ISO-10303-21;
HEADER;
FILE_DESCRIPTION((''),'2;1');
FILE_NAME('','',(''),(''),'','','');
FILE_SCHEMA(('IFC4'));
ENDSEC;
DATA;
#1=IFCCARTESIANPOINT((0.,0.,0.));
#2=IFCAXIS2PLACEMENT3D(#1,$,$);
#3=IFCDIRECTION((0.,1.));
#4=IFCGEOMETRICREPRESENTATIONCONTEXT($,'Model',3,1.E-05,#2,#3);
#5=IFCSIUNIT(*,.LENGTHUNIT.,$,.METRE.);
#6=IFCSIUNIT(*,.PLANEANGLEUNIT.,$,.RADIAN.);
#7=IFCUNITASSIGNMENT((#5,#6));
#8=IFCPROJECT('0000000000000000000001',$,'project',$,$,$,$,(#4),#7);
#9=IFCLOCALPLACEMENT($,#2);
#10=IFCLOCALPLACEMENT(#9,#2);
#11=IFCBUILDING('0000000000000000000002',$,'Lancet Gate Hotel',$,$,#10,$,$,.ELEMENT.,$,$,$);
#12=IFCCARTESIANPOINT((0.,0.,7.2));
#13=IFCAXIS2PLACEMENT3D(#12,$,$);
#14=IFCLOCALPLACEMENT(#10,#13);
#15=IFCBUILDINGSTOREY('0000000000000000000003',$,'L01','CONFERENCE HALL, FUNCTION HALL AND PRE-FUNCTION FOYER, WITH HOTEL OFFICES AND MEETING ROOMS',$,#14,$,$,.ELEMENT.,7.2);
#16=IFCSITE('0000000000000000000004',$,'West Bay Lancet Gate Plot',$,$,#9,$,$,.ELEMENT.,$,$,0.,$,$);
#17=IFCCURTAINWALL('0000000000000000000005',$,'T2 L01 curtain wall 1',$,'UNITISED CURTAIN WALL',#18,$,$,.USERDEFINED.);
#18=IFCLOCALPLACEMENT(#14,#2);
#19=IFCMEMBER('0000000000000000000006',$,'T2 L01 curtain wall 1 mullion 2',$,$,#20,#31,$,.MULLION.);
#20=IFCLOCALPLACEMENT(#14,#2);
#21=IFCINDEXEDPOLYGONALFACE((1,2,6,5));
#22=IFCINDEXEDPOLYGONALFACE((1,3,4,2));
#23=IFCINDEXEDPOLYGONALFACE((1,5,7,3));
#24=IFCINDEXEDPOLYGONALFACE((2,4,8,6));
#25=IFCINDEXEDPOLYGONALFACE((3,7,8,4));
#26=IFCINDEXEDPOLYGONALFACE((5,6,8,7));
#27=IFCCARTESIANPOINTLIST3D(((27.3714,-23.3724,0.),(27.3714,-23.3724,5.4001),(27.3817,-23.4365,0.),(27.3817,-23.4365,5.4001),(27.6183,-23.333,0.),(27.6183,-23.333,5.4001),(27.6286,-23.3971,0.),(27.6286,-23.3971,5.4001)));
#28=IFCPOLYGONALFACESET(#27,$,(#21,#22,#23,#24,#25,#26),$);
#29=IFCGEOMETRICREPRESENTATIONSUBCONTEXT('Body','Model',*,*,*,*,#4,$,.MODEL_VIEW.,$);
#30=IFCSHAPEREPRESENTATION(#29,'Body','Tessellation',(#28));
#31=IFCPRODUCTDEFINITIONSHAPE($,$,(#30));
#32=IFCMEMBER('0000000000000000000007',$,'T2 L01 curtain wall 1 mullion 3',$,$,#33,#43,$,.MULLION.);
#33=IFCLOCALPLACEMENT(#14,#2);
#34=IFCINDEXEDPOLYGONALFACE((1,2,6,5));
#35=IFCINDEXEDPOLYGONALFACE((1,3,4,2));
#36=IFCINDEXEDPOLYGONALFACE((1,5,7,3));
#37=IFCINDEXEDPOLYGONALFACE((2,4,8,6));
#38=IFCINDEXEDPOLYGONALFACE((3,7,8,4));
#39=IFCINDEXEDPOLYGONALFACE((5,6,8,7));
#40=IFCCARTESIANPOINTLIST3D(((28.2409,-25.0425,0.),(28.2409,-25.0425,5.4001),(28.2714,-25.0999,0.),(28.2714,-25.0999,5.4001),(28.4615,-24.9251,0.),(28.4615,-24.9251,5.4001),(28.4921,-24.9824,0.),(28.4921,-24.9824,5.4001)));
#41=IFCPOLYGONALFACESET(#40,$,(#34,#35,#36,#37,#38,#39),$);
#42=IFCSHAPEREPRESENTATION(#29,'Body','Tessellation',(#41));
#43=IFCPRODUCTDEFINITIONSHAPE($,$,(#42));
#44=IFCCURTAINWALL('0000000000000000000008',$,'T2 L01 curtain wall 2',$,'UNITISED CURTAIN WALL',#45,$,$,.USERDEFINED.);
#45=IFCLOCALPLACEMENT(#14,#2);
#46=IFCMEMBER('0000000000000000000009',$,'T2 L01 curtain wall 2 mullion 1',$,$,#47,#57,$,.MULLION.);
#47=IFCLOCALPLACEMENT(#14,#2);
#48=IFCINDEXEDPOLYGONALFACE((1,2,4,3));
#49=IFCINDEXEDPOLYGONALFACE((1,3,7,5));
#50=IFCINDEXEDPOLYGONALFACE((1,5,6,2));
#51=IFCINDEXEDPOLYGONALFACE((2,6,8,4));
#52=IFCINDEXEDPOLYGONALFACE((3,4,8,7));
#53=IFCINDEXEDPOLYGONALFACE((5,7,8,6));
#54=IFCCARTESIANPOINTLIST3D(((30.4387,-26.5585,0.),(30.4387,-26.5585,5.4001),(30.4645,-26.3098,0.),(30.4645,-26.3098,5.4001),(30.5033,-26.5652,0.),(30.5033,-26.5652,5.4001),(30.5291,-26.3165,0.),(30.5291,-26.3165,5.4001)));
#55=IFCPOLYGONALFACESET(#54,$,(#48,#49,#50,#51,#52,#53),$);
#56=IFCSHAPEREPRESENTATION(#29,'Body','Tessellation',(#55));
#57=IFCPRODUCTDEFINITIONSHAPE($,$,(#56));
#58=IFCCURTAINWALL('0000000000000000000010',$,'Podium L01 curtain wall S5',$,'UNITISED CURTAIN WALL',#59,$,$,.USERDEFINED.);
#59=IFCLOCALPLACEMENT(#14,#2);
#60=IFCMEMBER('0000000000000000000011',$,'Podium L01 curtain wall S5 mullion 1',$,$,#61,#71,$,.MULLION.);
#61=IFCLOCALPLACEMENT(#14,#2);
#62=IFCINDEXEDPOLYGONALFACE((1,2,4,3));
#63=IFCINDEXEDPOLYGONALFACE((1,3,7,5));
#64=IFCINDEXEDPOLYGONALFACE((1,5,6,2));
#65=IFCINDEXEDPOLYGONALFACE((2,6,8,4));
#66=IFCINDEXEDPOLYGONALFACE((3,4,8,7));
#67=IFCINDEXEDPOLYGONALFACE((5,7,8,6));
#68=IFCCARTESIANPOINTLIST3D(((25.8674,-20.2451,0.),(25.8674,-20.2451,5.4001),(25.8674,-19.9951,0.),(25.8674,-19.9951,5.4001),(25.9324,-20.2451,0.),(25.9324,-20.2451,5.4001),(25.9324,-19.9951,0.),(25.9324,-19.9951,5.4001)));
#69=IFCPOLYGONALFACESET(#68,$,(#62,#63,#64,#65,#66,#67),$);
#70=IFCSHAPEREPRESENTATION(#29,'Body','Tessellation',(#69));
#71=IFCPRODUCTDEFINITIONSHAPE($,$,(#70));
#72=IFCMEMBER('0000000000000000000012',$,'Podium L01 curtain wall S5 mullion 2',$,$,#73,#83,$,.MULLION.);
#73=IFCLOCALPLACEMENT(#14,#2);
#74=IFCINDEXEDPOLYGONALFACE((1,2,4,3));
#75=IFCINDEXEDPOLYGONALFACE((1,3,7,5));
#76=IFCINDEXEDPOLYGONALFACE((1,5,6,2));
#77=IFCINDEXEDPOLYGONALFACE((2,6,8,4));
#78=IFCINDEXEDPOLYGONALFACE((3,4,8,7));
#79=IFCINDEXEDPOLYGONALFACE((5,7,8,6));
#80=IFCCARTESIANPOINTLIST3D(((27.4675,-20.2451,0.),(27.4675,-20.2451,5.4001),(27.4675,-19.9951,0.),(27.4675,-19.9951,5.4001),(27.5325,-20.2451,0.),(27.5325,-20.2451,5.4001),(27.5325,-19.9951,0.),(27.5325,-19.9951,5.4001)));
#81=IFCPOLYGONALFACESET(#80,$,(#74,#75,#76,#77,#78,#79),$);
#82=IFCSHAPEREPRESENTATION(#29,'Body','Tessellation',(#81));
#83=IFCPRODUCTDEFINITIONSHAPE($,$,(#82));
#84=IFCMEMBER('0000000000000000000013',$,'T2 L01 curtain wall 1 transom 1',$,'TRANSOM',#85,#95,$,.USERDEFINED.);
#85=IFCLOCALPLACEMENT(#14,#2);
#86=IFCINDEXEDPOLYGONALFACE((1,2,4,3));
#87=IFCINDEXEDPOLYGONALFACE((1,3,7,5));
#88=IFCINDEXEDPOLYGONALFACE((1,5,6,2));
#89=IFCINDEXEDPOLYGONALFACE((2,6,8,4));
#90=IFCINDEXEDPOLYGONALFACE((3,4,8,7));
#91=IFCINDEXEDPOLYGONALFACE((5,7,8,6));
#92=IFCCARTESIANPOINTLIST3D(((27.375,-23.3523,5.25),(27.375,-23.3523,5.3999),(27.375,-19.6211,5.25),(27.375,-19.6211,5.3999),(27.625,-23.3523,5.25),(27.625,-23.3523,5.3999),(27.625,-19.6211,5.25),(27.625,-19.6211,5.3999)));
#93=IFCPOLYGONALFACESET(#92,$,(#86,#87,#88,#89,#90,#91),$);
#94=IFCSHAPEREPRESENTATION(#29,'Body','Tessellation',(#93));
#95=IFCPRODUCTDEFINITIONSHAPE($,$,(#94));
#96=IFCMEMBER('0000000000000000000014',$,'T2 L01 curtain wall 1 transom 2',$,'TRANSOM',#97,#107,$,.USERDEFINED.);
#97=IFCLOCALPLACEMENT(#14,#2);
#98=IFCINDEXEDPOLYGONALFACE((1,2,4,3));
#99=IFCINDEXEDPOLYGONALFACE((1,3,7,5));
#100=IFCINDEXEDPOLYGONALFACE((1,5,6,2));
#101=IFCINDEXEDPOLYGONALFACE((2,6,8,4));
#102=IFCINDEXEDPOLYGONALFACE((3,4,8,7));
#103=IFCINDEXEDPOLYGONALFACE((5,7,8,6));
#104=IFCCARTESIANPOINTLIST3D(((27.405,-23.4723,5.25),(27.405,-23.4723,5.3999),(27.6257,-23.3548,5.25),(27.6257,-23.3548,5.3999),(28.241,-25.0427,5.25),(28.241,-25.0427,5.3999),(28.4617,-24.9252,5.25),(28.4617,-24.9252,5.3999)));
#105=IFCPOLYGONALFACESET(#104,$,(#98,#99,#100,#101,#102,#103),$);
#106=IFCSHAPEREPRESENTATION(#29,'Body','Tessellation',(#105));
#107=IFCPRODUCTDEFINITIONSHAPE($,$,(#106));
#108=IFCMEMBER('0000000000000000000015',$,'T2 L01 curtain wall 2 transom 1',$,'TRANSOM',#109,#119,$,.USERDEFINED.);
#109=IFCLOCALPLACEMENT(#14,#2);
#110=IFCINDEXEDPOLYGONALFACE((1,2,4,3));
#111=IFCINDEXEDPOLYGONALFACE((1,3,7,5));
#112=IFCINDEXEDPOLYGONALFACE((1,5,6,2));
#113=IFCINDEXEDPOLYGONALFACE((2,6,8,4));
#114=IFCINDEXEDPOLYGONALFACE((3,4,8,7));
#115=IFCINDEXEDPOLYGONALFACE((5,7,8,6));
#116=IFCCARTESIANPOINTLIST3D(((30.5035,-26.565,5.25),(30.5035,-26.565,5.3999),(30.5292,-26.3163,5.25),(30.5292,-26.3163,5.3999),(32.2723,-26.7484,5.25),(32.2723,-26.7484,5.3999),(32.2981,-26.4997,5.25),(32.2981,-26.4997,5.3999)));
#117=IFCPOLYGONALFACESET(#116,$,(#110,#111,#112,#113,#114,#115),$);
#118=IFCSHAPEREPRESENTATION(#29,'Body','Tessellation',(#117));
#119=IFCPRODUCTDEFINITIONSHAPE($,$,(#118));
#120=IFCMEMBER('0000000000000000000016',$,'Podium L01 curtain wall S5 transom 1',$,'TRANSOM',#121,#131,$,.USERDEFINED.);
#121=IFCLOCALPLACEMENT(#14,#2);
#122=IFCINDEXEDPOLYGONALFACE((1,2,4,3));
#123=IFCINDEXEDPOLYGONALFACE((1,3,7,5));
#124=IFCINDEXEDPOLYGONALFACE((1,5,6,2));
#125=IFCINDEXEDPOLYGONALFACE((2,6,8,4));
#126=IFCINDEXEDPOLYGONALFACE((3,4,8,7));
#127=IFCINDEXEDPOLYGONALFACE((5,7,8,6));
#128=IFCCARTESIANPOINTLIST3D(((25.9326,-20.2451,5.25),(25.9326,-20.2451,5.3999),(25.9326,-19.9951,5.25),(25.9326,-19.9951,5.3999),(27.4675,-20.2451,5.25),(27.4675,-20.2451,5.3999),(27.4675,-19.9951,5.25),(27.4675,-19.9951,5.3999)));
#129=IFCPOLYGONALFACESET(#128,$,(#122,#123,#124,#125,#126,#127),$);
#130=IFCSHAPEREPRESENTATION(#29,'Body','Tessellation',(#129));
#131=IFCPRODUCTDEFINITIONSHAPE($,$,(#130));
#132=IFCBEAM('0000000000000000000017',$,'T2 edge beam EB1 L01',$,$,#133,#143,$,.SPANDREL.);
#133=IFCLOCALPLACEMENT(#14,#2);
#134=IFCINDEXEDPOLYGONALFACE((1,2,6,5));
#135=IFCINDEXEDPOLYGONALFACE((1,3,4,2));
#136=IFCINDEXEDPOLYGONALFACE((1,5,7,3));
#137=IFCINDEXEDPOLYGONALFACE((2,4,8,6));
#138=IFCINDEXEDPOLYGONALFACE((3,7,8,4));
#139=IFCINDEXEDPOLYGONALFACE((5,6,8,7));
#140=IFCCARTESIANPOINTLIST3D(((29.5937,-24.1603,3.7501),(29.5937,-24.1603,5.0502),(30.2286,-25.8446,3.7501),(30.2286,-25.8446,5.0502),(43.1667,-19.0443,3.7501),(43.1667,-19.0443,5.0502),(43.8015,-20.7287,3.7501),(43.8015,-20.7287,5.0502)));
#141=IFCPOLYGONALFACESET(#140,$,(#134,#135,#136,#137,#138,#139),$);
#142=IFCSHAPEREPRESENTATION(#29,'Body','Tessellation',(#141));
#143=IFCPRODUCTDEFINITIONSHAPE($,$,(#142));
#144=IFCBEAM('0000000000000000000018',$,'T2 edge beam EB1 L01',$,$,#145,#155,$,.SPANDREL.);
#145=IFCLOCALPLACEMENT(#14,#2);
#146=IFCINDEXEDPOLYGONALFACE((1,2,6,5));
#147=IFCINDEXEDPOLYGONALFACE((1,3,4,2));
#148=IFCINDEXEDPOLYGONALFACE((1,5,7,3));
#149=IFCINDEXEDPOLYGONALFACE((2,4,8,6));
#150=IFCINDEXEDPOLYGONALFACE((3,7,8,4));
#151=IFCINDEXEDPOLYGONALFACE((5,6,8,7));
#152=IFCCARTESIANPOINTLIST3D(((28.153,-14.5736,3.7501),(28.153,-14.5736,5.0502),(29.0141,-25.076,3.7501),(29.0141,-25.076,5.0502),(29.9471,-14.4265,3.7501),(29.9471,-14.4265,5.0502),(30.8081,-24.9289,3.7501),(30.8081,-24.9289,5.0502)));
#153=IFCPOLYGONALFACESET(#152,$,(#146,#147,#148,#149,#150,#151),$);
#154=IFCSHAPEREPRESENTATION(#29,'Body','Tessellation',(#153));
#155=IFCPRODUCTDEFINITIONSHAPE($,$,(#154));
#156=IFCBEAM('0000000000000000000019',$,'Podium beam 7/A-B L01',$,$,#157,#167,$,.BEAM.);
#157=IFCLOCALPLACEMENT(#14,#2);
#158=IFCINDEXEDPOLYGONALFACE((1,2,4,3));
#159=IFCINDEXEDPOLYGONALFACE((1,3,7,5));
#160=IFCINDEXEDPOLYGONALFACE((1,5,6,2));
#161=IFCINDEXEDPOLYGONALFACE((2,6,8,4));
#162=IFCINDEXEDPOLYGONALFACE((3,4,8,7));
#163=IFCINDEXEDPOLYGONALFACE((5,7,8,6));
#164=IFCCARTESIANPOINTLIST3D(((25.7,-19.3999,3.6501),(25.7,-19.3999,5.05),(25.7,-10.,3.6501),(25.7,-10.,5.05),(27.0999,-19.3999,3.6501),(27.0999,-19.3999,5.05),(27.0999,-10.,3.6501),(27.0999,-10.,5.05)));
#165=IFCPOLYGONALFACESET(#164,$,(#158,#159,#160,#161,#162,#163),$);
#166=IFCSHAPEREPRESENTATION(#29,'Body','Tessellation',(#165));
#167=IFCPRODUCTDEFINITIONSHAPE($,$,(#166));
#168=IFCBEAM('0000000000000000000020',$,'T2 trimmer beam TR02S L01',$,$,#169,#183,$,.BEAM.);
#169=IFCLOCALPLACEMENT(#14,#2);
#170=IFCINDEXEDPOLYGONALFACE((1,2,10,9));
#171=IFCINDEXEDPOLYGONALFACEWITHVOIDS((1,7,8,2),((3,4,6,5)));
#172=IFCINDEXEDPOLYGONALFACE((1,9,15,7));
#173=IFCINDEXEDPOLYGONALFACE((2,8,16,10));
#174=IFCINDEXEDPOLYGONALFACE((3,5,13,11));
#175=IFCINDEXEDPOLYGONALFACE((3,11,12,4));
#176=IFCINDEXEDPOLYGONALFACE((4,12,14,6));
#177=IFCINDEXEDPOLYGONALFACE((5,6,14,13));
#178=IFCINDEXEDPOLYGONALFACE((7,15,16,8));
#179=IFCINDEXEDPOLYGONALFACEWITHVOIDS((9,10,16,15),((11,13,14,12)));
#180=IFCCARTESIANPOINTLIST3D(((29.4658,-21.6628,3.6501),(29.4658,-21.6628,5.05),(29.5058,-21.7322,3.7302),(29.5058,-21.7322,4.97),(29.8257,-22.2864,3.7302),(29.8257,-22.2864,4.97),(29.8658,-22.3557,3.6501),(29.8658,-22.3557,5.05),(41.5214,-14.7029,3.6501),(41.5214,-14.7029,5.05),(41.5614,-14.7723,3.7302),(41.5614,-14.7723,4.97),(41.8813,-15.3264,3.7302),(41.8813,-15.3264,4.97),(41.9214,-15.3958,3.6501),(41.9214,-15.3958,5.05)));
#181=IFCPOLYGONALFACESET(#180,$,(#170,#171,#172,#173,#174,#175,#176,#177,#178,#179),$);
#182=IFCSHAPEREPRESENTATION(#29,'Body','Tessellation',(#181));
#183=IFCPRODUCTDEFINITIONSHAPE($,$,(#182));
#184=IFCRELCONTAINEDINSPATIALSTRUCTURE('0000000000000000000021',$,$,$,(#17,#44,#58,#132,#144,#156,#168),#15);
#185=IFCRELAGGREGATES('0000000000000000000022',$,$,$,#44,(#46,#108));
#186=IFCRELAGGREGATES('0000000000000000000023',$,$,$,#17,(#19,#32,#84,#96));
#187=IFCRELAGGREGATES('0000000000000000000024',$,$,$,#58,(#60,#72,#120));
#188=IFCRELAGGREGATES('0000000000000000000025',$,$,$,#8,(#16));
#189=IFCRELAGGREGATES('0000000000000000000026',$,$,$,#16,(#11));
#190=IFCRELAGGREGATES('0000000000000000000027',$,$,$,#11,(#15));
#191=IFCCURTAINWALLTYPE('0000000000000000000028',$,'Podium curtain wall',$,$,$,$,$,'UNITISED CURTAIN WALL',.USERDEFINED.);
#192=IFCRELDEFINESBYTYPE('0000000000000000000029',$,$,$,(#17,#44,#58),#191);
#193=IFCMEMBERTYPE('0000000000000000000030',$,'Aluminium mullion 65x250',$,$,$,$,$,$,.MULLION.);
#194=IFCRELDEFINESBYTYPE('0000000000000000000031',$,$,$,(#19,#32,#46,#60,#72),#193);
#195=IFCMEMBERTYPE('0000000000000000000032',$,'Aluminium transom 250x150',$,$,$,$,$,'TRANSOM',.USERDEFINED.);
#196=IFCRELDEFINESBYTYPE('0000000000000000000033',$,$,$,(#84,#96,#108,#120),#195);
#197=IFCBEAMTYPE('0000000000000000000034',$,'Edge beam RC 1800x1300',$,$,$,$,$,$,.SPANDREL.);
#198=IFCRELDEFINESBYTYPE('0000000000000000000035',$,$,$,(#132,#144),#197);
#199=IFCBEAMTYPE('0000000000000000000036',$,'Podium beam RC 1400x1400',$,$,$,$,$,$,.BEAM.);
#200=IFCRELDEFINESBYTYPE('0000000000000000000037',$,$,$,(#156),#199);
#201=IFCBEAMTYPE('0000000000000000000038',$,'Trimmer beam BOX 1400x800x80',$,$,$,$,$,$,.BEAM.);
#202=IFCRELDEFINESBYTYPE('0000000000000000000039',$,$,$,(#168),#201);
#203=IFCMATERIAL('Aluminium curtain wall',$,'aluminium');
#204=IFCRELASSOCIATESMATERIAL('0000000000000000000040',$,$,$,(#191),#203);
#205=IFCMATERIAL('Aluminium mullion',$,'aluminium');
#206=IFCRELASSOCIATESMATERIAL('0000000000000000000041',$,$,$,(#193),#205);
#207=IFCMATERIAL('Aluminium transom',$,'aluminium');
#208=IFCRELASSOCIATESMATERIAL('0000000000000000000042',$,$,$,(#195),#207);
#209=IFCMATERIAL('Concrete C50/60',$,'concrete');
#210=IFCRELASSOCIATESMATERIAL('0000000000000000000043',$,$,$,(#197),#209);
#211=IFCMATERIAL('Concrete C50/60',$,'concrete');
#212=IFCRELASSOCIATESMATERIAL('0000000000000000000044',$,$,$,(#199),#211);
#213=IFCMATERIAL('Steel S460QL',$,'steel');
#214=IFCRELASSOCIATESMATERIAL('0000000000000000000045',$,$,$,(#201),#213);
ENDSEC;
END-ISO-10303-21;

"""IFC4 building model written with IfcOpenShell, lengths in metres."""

from ifc_helpers import new_model, si_unit, direction, frame, origin, origin_2d, place, context, subcontext, project, spatial, rectangle, hollow_rectangle, extrude, material, material_profile, profile_set, type_object, element, aggregate, save


model = new_model("IFC4")

# Units and contexts
model_context = context("Model", 3, precision=1e-05, world=origin(), true_north=direction((0.0, 1.0)))
body_context = subcontext(model_context, "Body", "Model", "MODEL_VIEW")
ifc_project = project(units=[si_unit("LENGTHUNIT", "METRE"), si_unit("PLANEANGLEUNIT", "RADIAN")], contexts=[model_context])

# Site, building, storey
site_placement = place(None, origin())
site = spatial("IfcSite", under=ifc_project, at=site_placement, Name="West Bay Lancet Gate Plot", CompositionType="ELEMENT", RefElevation=0.0)
building_placement = place(site_placement, origin())
building = spatial("IfcBuilding", under=site, at=building_placement, Name="Lancet Gate Hotel", CompositionType="ELEMENT")
storey_placement = place(building_placement, frame((0.0, 0.0, 7.2)))
storey = spatial("IfcBuildingStorey", under=building, at=storey_placement, Name="L01", Description="CONFERENCE HALL, FUNCTION HALL AND PRE-FUNCTION FOYER, WITH HOTEL OFFICES AND MEETING ROOMS", CompositionType="ELEMENT", Elevation=7.2)

# Curtain wall, members
ifc_material_1 = material(Name="Aluminium curtain wall", Category="aluminium")
curtain_wall_type = type_object("IfcCurtainWallType", Name="Podium curtain wall", ElementType="UNITISED CURTAIN WALL", PredefinedType="USERDEFINED", material=ifc_material_1)
curtain_wall_1_placement = place(storey_placement, origin())
curtain_wall_1 = element("IfcCurtainWall", 1, at=curtain_wall_1_placement, inside=storey, type_object=curtain_wall_type, Name="T2 L01 curtain wall 1", ObjectType="UNITISED CURTAIN WALL", PredefinedType="USERDEFINED")
ifc_material_2 = material(Name="Aluminium mullion", Category="aluminium")
ifc_material_profile_1 = material_profile(ifc_material_2, rectangle(XDim=0.0649, YDim=0.25, at=origin_2d()), Name="MULLION 65x250")
ifc_profile_set_1 = profile_set([ifc_material_profile_1], Name="Aluminium mullion")
member_type_1 = type_object("IfcMemberType", Name="Aluminium mullion 65x250", PredefinedType="MULLION", material=ifc_profile_set_1)
member_1_placement = place(storey_placement, frame((27.5, -23.3848, 0.0), z_axis=(0.0, 0.0, 1.0), x_axis=(0.157752, -0.987479, 0.0)))
member_1 = element("IfcMember", 2, at=member_1_placement, type_object=member_type_1, Name="T2 L01 curtain wall 1 mullion 2", PredefinedType="MULLION", context=body_context, shape_type="SweptSolid", body=[
    extrude(rectangle(XDim=0.0649, YDim=0.25, at=origin_2d()), origin(), (0.0, 0.0, 1.0), 5.4001),
])
member_2_placement = place(storey_placement, frame((28.3665, -25.0125, 0.0), z_axis=(0.0, 0.0, 1.0), x_axis=(0.469898, -0.882721, 0.0)))
member_2 = element("IfcMember", 3, at=member_2_placement, type_object=member_type_1, Name="T2 L01 curtain wall 1 mullion 3", PredefinedType="MULLION", context=body_context, shape_type="SweptSolid", body=[
    extrude(rectangle(XDim=0.0649, YDim=0.25, at=origin_2d()), origin(), (0.0, 0.0, 1.0), 5.4001),
])

# Curtain wall, member
curtain_wall_2_placement = place(storey_placement, origin())
curtain_wall_2 = element("IfcCurtainWall", 4, at=curtain_wall_2_placement, inside=storey, type_object=curtain_wall_type, Name="T2 L01 curtain wall 2", ObjectType="UNITISED CURTAIN WALL", PredefinedType="USERDEFINED")
member_3_placement = place(storey_placement, frame((30.4839, -26.4375, 0.0), z_axis=(0.0, 0.0, 1.0), x_axis=(0.994672, -0.103088, 0.0)))
member_3 = element("IfcMember", 5, at=member_3_placement, type_object=member_type_1, Name="T2 L01 curtain wall 2 mullion 1", PredefinedType="MULLION", context=body_context, shape_type="SweptSolid", body=[
    extrude(rectangle(XDim=0.0649, YDim=0.25, at=origin_2d()), origin(), (0.0, 0.0, 1.0), 5.4001),
])

# Curtain wall, members
curtain_wall_3_placement = place(storey_placement, origin())
curtain_wall_3 = element("IfcCurtainWall", 6, at=curtain_wall_3_placement, inside=storey, type_object=curtain_wall_type, Name="Podium L01 curtain wall S5", ObjectType="UNITISED CURTAIN WALL", PredefinedType="USERDEFINED")
member_4_placement = place(storey_placement, frame((25.8999, -20.1201, 0.0), z_axis=(0.0, 0.0, 1.0), x_axis=(1.0, 0.0, 0.0)))
member_4 = element("IfcMember", 7, at=member_4_placement, type_object=member_type_1, Name="Podium L01 curtain wall S5 mullion 1", PredefinedType="MULLION", context=body_context, shape_type="SweptSolid", body=[
    extrude(rectangle(XDim=0.0649, YDim=0.25, at=origin_2d()), origin(), (0.0, 0.0, 1.0), 5.4001),
])
member_5_placement = place(storey_placement, frame((27.5, -20.1201, 0.0), z_axis=(0.0, 0.0, 1.0), x_axis=(1.0, 0.0, 0.0)))
member_5 = element("IfcMember", 8, at=member_5_placement, type_object=member_type_1, Name="Podium L01 curtain wall S5 mullion 2", PredefinedType="MULLION", context=body_context, shape_type="SweptSolid", body=[
    extrude(rectangle(XDim=0.0649, YDim=0.25, at=origin_2d()), origin(), (0.0, 0.0, 1.0), 5.4001),
])

# Members
ifc_material_3 = material(Name="Aluminium transom", Category="aluminium")
ifc_material_profile_2 = material_profile(ifc_material_3, rectangle(XDim=0.25, YDim=0.1499, at=origin_2d()), Name="TRANSOM 250x150")
ifc_profile_set_2 = profile_set([ifc_material_profile_2], Name="Aluminium transom")
member_type_2 = type_object("IfcMemberType", Name="Aluminium transom 250x150", ElementType="TRANSOM", PredefinedType="USERDEFINED", material=ifc_profile_set_2)
member_6_placement = place(storey_placement, frame((27.5, -19.6211, 5.325), z_axis=(0.0, -1.0, 0.0), x_axis=(1.0, 0.0, 0.0)))
member_6 = element("IfcMember", 9, at=member_6_placement, type_object=member_type_2, Name="T2 L01 curtain wall 1 transom 1", ObjectType="TRANSOM", PredefinedType="USERDEFINED", context=body_context, shape_type="SweptSolid", body=[
    extrude(rectangle(XDim=0.25, YDim=0.1499, at=origin_2d()), origin(), (0.0, 0.0, 1.0), 3.7312),
])
member_7_placement = place(storey_placement, frame((27.5154, -23.4136, 5.325), z_axis=(0.469904, -0.882717, 0.0), x_axis=(0.882717, 0.469904, 0.0)))
member_7 = element("IfcMember", 10, at=member_7_placement, type_object=member_type_2, Name="T2 L01 curtain wall 1 transom 2", ObjectType="TRANSOM", PredefinedType="USERDEFINED", context=body_context, shape_type="SweptSolid", body=[
    extrude(rectangle(XDim=0.25, YDim=0.1499, at=origin_2d()), origin(), (0.0, 0.0, 1.0), 1.7791),
])
member_8_placement = place(storey_placement, frame((30.5164, -26.4407, 5.325), z_axis=(0.99467, -0.103105, 0.0), x_axis=(0.103105, 0.99467, 0.0)))
member_8 = element("IfcMember", 11, at=member_8_placement, type_object=member_type_2, Name="T2 L01 curtain wall 2 transom 1", ObjectType="TRANSOM", PredefinedType="USERDEFINED", context=body_context, shape_type="SweptSolid", body=[
    extrude(rectangle(XDim=0.25, YDim=0.1499, at=origin_2d()), origin(), (0.0, 0.0, 1.0), 1.7783),
])
aggregate(curtain_wall_2, [member_3, member_8])
member_9_placement = place(storey_placement, frame((25.9326, -20.1201, 5.325), z_axis=(1.0, 0.0, 0.0), x_axis=(0.0, 1.0, 0.0)))
member_9 = element("IfcMember", 12, at=member_9_placement, type_object=member_type_2, Name="Podium L01 curtain wall S5 transom 1", ObjectType="TRANSOM", PredefinedType="USERDEFINED", context=body_context, shape_type="SweptSolid", body=[
    extrude(rectangle(XDim=0.25, YDim=0.1499, at=origin_2d()), origin(), (0.0, 0.0, 1.0), 1.5349),
])

# Beams
ifc_material_4 = material(Name="Concrete C50/60", Category="concrete")
ifc_material_profile_3 = material_profile(ifc_material_4, rectangle(XDim=1.8, YDim=1.3, at=origin_2d()), Name="RC 1800x1300")
ifc_profile_set_3 = profile_set([ifc_material_profile_3], Name="Concrete C50/60")
beam_type_1 = type_object("IfcBeamType", Name="Edge beam RC 1800x1300", PredefinedType="SPANDREL", material=ifc_profile_set_3)
beam_1_placement = place(storey_placement, frame((29.9111, -25.0024, 4.4001), z_axis=(0.935736, 0.3527, 0.0), x_axis=(-0.3527, 0.935736, 0.0)))
element("IfcBeam", 13, at=beam_1_placement, inside=storey, type_object=beam_type_1, Name="T2 edge beam EB1 L01", PredefinedType="SPANDREL", context=body_context, shape_type="SweptSolid", body=[
    extrude(rectangle(XDim=1.8, YDim=1.3, at=origin_2d()), origin(), (0.0, 0.0, 1.0), 14.5051),
])
beam_2_placement = place(storey_placement, frame((29.9111, -25.0024, 4.4001), z_axis=(-0.081715, 0.996656, 0.0), x_axis=(-0.996656, -0.081715, 0.0)))
element("IfcBeam", 14, at=beam_2_placement, inside=storey, type_object=beam_type_1, Name="T2 edge beam EB1 L01", PredefinedType="SPANDREL", context=body_context, shape_type="SweptSolid", body=[
    extrude(rectangle(XDim=1.8, YDim=1.3, at=origin_2d()), origin(), (0.0, 0.0, 1.0), 10.5376),
])
ifc_material_5 = material(Name="Concrete C50/60", Category="concrete")
ifc_material_profile_4 = material_profile(ifc_material_5, rectangle(XDim=1.3999, YDim=1.3999, at=origin_2d()), Name="RC 1400x1400")
ifc_profile_set_4 = profile_set([ifc_material_profile_4], Name="Concrete C50/60")
beam_type_2 = type_object("IfcBeamType", Name="Podium beam RC 1400x1400", PredefinedType="BEAM", material=ifc_profile_set_4)
beam_3_placement = place(storey_placement, frame((26.3999, -19.3999, 4.3501), z_axis=(0.0, 1.0, 0.0), x_axis=(-1.0, 0.0, 0.0)))
element("IfcBeam", 15, at=beam_3_placement, inside=storey, type_object=beam_type_2, Name="Podium beam 7/A-B L01", PredefinedType="BEAM", context=body_context, shape_type="SweptSolid", body=[
    extrude(rectangle(XDim=1.3999, YDim=1.3999, at=origin_2d()), origin(), (0.0, 0.0, 1.0), 9.3999),
])
ifc_material_6 = material(Name="Steel S460QL", Category="steel")
ifc_material_profile_5 = material_profile(ifc_material_6, hollow_rectangle(XDim=0.8, YDim=1.3999, WallThickness=0.0801, at=origin_2d()), Name="BOX 1400x800x80")
ifc_profile_set_5 = profile_set([ifc_material_profile_5], Name="Steel S460QL")
beam_type_3 = type_object("IfcBeamType", Name="Trimmer beam BOX 1400x800x80", PredefinedType="BEAM", material=ifc_profile_set_5)
beam_4_placement = place(storey_placement, frame((29.6658, -22.0093, 4.3501), z_axis=(0.866037, 0.49998, 0.0), x_axis=(-0.49998, 0.866037, 0.0)))
element("IfcBeam", 16, at=beam_4_placement, inside=storey, type_object=beam_type_3, Name="T2 trimmer beam TR02S L01", PredefinedType="BEAM", context=body_context, shape_type="SweptSolid", body=[
    extrude(hollow_rectangle(XDim=0.8, YDim=1.3999, WallThickness=0.0801, at=origin_2d()), origin(), (0.0, 0.0, 1.0), 13.9204),
])

aggregate(curtain_wall_1, [member_1, member_2, member_6, member_7])
aggregate(curtain_wall_3, [member_4, member_5, member_9])

save(model, "model.ifc")
